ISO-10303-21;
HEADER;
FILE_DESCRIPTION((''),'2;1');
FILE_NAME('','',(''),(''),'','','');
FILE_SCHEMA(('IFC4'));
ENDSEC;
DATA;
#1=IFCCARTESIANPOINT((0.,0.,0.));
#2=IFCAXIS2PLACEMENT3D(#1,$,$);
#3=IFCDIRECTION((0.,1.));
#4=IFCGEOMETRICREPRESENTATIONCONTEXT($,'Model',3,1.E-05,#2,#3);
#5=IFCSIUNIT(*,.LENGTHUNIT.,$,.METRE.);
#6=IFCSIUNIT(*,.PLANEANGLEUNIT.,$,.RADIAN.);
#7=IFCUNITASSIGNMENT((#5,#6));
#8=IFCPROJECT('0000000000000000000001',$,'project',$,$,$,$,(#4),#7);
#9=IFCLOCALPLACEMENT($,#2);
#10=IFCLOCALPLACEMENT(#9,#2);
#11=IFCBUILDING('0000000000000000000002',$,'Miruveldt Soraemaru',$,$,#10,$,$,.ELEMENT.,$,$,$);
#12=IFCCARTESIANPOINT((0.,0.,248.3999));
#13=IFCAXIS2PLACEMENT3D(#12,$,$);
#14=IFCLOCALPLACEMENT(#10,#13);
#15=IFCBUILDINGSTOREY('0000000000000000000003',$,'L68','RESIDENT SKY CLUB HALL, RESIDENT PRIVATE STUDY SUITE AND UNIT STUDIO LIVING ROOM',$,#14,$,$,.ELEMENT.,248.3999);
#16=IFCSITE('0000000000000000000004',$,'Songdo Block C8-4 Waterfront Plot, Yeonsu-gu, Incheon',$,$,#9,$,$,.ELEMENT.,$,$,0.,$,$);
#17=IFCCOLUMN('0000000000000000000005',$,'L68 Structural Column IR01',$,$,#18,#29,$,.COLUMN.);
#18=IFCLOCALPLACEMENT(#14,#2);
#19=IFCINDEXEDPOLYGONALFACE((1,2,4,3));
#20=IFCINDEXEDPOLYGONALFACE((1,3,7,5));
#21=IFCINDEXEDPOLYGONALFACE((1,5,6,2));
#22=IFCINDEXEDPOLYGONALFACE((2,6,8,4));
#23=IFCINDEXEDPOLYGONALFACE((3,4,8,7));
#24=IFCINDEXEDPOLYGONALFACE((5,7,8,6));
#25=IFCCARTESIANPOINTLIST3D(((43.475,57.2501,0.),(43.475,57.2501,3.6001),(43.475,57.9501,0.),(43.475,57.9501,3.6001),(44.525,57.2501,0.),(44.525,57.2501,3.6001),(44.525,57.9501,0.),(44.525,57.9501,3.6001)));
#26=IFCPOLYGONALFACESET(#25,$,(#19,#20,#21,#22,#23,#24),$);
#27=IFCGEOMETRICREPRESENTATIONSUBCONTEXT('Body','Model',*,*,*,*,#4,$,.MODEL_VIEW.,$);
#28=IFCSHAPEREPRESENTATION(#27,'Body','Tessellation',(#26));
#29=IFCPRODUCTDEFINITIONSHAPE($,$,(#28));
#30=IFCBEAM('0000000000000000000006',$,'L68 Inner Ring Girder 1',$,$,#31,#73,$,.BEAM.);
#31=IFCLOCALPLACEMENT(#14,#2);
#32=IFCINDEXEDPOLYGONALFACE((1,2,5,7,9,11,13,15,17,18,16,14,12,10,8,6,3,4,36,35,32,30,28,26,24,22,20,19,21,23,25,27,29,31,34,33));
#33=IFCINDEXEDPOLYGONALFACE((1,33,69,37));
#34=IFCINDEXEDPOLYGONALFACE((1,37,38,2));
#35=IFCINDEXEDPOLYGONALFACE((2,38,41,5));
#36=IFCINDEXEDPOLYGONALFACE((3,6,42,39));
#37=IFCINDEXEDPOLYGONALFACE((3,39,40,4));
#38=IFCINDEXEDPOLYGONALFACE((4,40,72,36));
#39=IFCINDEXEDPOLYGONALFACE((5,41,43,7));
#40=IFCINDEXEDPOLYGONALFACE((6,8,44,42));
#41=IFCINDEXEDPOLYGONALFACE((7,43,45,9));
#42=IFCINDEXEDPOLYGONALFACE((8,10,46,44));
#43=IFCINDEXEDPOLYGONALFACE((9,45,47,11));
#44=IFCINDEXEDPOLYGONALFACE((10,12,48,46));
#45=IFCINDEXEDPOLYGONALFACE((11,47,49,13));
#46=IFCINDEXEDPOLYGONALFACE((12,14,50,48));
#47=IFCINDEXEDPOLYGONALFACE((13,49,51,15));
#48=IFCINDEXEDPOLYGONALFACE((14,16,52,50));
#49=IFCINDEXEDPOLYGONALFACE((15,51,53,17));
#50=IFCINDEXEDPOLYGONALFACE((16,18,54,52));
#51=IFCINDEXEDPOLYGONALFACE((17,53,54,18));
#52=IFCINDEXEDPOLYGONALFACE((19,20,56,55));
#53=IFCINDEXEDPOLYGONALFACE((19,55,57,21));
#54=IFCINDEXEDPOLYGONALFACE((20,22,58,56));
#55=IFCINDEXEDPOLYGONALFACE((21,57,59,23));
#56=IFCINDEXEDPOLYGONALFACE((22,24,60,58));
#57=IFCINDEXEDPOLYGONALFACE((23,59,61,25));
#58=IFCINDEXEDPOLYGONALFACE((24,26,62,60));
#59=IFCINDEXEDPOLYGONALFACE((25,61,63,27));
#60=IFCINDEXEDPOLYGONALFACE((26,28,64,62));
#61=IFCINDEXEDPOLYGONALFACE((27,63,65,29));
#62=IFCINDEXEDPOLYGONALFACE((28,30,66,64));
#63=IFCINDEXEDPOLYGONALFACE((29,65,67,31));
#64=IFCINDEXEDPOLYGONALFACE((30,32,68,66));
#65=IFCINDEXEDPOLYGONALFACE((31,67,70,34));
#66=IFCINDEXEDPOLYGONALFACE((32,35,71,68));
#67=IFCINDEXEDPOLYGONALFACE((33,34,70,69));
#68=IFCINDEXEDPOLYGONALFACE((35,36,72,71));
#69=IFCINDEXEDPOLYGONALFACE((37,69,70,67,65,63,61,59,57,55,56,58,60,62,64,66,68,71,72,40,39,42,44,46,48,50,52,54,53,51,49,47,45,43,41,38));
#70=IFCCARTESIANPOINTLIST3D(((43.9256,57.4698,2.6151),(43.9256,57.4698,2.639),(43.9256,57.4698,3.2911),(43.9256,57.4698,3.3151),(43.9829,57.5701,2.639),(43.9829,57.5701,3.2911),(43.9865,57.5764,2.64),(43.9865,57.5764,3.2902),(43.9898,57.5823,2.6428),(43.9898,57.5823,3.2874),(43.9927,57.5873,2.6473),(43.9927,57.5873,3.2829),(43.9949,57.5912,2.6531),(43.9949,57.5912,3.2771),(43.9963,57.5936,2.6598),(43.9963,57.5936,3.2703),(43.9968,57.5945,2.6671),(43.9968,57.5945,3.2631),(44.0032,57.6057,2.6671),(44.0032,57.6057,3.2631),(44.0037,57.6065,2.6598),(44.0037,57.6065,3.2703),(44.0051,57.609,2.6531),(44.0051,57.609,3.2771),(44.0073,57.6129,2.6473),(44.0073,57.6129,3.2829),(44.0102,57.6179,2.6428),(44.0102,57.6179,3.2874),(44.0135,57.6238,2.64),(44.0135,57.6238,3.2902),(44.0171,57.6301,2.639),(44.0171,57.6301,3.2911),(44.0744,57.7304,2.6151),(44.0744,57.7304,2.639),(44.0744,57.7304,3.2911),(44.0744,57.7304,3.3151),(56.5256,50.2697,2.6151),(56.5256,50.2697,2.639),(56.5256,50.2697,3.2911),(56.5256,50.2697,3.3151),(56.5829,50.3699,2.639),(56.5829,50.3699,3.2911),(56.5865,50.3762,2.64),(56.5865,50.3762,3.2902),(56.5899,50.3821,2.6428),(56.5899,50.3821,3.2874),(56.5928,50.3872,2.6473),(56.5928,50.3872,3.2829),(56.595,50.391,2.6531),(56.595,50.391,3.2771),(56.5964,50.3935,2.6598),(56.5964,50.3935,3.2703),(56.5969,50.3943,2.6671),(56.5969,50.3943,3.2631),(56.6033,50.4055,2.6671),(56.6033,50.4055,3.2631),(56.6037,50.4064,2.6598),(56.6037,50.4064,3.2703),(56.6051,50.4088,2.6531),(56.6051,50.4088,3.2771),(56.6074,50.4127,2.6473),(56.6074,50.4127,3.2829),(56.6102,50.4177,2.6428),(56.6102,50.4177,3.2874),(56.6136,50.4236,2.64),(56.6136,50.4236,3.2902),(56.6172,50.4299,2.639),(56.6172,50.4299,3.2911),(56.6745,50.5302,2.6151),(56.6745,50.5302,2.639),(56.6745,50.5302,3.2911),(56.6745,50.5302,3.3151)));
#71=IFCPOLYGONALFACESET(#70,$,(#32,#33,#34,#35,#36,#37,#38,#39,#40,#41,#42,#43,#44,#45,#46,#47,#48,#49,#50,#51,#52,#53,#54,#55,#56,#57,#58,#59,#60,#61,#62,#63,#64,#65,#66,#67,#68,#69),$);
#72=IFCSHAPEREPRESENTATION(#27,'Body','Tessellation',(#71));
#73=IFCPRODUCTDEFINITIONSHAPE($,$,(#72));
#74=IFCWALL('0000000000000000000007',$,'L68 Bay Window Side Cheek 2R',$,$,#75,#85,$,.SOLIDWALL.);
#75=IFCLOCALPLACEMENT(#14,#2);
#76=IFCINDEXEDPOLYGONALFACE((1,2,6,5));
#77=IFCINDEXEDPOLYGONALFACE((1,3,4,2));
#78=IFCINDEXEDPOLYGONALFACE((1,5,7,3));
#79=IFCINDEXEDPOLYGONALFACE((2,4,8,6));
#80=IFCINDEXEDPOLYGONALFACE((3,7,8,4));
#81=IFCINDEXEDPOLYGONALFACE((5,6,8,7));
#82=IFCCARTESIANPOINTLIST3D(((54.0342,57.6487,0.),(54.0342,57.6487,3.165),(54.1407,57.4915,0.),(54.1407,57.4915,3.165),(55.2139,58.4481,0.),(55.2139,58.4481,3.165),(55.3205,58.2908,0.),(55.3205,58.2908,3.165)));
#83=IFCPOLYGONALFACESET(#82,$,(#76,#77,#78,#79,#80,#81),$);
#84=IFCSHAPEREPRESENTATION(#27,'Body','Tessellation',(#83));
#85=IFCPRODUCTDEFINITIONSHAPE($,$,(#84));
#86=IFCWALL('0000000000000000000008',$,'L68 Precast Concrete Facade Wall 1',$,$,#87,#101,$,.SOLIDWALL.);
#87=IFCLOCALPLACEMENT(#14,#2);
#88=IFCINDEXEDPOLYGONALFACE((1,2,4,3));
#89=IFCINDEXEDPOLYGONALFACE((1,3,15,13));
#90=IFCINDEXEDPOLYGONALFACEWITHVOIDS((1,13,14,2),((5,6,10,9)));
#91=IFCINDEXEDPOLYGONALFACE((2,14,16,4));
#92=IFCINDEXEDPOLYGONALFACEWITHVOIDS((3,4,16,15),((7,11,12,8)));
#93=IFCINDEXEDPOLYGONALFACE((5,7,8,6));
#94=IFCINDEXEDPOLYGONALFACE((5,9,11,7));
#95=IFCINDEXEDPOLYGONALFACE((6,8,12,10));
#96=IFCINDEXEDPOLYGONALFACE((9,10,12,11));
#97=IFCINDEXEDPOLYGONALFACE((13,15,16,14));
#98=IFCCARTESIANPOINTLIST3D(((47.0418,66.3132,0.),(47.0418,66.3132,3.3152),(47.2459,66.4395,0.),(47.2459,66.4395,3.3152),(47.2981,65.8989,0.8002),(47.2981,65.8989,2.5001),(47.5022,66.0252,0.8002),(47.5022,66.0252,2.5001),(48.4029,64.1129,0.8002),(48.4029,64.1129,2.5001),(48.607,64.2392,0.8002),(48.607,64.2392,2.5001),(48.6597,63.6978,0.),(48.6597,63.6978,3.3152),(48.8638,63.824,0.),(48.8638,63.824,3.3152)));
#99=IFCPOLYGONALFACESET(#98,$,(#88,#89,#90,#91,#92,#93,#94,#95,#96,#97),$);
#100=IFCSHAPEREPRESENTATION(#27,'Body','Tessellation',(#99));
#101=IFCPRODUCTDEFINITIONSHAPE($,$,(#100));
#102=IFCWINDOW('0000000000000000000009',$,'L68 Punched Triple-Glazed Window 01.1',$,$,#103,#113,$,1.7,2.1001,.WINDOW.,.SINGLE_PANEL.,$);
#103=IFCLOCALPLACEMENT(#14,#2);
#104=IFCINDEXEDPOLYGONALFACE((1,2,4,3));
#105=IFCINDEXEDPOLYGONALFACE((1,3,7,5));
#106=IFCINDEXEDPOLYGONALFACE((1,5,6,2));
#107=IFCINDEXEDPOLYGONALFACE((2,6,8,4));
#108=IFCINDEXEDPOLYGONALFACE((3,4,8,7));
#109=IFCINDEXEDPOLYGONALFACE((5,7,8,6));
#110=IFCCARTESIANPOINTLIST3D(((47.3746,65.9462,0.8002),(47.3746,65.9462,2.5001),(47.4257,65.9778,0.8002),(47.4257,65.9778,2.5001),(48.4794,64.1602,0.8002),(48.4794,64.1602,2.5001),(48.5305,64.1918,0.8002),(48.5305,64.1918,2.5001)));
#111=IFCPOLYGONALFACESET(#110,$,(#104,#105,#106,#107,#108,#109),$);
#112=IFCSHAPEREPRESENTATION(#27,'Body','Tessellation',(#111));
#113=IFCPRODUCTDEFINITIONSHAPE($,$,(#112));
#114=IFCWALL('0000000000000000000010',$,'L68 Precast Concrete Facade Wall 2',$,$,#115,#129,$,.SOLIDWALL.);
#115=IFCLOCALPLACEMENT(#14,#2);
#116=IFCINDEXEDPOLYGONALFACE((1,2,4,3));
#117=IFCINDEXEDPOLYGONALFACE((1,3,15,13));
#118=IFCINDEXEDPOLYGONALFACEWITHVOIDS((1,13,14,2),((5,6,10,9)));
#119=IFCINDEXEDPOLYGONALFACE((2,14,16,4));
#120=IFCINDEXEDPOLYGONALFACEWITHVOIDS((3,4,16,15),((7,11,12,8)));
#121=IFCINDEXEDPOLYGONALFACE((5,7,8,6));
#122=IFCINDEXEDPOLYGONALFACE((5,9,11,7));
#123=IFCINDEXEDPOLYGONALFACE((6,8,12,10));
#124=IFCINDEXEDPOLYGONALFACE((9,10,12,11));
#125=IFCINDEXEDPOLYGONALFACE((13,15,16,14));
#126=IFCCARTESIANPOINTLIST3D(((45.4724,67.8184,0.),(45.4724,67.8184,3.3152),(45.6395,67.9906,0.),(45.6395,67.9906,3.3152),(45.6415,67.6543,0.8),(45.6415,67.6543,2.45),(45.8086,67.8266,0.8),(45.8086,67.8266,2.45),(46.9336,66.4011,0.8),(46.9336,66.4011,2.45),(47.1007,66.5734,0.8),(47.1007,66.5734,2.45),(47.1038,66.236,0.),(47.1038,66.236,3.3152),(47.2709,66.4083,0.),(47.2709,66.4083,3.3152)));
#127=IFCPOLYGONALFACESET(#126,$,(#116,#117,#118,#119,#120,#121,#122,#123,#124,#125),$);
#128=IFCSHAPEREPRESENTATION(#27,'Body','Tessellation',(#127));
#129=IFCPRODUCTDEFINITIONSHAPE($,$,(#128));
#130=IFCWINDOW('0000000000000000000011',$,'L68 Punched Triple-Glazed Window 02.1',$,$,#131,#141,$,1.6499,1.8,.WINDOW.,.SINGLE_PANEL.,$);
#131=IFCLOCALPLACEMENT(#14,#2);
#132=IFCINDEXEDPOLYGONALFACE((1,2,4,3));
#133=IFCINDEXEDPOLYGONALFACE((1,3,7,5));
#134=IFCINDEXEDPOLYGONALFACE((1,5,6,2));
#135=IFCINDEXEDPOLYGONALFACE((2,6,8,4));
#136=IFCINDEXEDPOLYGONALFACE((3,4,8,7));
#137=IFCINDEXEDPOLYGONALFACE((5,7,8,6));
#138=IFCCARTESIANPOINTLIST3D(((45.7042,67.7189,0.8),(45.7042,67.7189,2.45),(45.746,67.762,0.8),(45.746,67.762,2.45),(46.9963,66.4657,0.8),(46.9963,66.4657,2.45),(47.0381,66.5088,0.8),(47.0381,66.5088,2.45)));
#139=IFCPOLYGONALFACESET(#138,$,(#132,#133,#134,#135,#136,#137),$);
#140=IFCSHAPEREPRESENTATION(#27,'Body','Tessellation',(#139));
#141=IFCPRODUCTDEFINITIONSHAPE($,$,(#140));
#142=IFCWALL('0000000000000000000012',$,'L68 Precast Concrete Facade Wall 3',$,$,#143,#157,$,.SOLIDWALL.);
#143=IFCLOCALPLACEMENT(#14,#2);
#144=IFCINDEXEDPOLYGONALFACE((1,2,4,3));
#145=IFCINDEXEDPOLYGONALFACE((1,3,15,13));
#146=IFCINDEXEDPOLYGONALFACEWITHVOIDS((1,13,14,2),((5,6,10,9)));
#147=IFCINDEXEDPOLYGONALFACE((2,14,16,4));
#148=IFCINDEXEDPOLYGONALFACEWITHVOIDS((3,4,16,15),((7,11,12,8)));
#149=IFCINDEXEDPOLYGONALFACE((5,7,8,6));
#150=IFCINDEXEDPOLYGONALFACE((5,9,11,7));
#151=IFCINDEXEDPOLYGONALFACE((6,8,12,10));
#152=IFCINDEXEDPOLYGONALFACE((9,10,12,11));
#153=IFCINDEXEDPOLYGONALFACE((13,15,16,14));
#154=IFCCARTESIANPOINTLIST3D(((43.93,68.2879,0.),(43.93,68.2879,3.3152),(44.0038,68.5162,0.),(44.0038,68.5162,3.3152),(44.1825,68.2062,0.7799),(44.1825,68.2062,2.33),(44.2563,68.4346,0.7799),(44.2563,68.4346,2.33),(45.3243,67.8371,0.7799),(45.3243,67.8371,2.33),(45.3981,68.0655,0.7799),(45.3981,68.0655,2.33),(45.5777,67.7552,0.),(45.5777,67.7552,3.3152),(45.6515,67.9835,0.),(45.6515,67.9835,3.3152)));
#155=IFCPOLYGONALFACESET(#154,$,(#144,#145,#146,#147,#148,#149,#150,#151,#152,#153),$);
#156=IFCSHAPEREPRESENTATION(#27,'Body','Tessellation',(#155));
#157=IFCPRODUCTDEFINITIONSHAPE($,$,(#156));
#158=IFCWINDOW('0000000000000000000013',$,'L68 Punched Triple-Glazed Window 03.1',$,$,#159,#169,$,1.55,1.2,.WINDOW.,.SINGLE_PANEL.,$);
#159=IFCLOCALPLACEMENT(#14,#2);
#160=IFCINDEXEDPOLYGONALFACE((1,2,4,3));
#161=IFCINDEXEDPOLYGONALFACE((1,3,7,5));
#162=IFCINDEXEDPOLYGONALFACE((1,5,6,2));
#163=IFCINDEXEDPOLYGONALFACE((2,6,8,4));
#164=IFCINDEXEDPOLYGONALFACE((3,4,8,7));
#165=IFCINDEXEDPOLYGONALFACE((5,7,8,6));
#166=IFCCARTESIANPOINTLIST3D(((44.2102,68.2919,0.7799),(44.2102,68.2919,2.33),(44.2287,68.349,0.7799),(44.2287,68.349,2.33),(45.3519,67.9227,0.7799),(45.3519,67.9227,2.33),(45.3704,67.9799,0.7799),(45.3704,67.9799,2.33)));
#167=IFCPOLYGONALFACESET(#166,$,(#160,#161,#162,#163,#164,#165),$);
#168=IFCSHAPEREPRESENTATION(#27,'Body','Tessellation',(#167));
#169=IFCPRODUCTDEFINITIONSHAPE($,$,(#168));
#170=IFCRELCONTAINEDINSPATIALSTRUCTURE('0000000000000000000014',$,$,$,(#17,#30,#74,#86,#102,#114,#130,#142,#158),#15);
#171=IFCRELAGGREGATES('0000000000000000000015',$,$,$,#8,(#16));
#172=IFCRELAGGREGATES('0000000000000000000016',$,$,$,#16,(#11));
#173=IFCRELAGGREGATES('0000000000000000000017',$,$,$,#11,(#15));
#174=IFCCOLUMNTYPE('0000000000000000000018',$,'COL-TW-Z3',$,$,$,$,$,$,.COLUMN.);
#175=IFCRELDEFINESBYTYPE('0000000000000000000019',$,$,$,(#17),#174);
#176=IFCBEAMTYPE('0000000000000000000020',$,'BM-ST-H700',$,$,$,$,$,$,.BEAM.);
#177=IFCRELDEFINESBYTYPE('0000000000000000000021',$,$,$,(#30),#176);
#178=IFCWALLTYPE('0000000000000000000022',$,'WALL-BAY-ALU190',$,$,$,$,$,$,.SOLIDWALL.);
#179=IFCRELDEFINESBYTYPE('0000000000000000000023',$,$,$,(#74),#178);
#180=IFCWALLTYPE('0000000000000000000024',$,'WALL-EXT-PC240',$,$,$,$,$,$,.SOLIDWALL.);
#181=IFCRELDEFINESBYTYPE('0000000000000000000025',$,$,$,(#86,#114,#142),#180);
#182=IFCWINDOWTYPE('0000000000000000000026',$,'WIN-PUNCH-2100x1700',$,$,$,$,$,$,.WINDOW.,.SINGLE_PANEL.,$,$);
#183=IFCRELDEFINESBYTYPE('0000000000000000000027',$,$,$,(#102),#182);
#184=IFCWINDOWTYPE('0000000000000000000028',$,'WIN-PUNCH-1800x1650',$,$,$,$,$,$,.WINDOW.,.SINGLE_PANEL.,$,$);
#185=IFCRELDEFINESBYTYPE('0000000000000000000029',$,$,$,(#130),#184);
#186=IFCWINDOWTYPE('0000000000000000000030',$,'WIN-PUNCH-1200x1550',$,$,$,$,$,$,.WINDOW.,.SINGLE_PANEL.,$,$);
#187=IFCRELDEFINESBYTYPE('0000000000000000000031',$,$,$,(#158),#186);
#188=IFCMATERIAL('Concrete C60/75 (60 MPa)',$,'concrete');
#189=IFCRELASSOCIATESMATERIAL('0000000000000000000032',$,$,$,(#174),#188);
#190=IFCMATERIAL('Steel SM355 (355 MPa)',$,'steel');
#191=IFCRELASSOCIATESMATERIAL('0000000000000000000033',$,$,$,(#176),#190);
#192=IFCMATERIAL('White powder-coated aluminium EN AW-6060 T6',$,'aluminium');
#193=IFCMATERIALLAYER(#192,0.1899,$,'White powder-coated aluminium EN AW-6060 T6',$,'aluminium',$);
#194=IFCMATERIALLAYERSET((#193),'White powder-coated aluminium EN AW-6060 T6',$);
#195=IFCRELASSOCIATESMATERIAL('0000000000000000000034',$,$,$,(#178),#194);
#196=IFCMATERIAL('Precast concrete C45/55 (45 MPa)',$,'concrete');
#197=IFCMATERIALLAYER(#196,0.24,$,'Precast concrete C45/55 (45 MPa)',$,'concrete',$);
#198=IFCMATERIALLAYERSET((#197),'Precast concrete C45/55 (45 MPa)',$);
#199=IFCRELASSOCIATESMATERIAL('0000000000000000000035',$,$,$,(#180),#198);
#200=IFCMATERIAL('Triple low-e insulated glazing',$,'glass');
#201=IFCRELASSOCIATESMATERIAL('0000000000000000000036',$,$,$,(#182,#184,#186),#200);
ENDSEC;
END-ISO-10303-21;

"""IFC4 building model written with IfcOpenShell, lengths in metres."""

from ifc_helpers import new_model, si_unit, direction, frame, frame_2d, origin, origin_2d, place, context, subcontext, project, spatial, rectangle, i_section, extrude, material, layer, layer_set, material_profile, profile_set, type_object, element, fill, save


model = new_model("IFC4")

# Units and contexts
model_context = context("Model", 3, precision=1e-05, world=origin(), true_north=direction((0.0, 1.0)))
body_context = subcontext(model_context, "Body", "Model", "MODEL_VIEW")
ifc_project = project(units=[si_unit("LENGTHUNIT", "METRE"), si_unit("PLANEANGLEUNIT", "RADIAN")], contexts=[model_context])

# Site, building, storey
site_placement = place(None, origin())
site = spatial("IfcSite", under=ifc_project, at=site_placement, Name="Songdo Block C8-4 Waterfront Plot, Yeonsu-gu, Incheon", CompositionType="ELEMENT", RefElevation=0.0)
building_placement = place(site_placement, origin())
building = spatial("IfcBuilding", under=site, at=building_placement, Name="Miruveldt Soraemaru", CompositionType="ELEMENT")
storey_placement = place(building_placement, frame((0.0, 0.0, 248.3999)))
storey = spatial("IfcBuildingStorey", under=building, at=storey_placement, Name="L68", Description="RESIDENT SKY CLUB HALL, RESIDENT PRIVATE STUDY SUITE AND UNIT STUDIO LIVING ROOM", CompositionType="ELEMENT", Elevation=248.3999)

# Column
ifc_material_1 = material(Name="Concrete C60/75 (60 MPa)", Category="concrete")
ifc_material_profile_1 = material_profile(ifc_material_1, rectangle(XDim=1.05, YDim=0.7, at=origin_2d()), Name="Concrete C60/75 (60 MPa)", Category="concrete")
ifc_profile_set_1 = profile_set([ifc_material_profile_1], Name="Concrete C60/75 (60 MPa)")
column_type = type_object("IfcColumnType", Name="COL-TW-Z3", PredefinedType="COLUMN", material=ifc_profile_set_1)
column_placement = place(storey_placement, frame((44.0, 57.6001, 0.0), z_axis=(0.0, 0.0, 1.0), x_axis=(1.0, 0.0, 0.0)))
element("IfcColumn", 1, at=column_placement, inside=storey, type_object=column_type, Name="L68 Structural Column IR01", PredefinedType="COLUMN", context=body_context, shape_type="SweptSolid", body=[
    extrude(rectangle(XDim=1.05, YDim=0.7, at=origin_2d()), origin(), (0.0, 0.0, 1.0), 3.6001),
])

# Beam
ifc_material_2 = material(Name="Steel SM355 (355 MPa)", Category="steel")
ifc_material_profile_2 = material_profile(ifc_material_2, i_section(OverallWidth=0.3, OverallDepth=0.7, WebThickness=0.0129, FlangeThickness=0.0239, FilletRadius=0.0281, at=origin_2d()), Name="Steel SM355 (355 MPa)", Category="steel")
ifc_profile_set_2 = profile_set([ifc_material_profile_2], Name="Steel SM355 (355 MPa)")
beam_type = type_object("IfcBeamType", Name="BM-ST-H700", PredefinedType="BEAM", material=ifc_profile_set_2)
beam_placement = place(storey_placement, frame((44.0, 57.6001, 2.9651), z_axis=(0.868239, -0.496146, 0.0), x_axis=(0.496146, 0.868239, 0.0)))
element("IfcBeam", 2, at=beam_placement, inside=storey, type_object=beam_type, Name="L68 Inner Ring Girder 1", PredefinedType="BEAM", context=body_context, shape_type="SweptSolid", body=[
    extrude(i_section(OverallWidth=0.3, OverallDepth=0.7, WebThickness=0.0129, FlangeThickness=0.0239, FilletRadius=0.0281, at=origin_2d()), origin(), (0.0, 0.0, 1.0), 14.5122),
])

# Wall
ifc_material_3 = material(Name="White powder-coated aluminium EN AW-6060 T6", Category="aluminium")
ifc_layer_1 = layer(ifc_material_3, 0.1899, Name="White powder-coated aluminium EN AW-6060 T6", Category="aluminium")
ifc_layer_set_1 = layer_set([ifc_layer_1], Name="White powder-coated aluminium EN AW-6060 T6")
wall_type_1 = type_object("IfcWallType", Name="WALL-BAY-ALU190", PredefinedType="SOLIDWALL", material=ifc_layer_set_1)
wall_1_placement = place(storey_placement, frame((55.2671, 58.3694, 0.0), z_axis=(0.0, 0.0, 1.0), x_axis=(-0.827862, -0.560931, 0.0)))
element("IfcWall", 3, at=wall_1_placement, inside=storey, type_object=wall_type_1, Name="L68 Bay Window Side Cheek 2R", PredefinedType="SOLIDWALL", context=body_context, shape_type="SweptSolid", body=[
    extrude(rectangle(XDim=1.425, YDim=0.1899, at=frame_2d((0.7124, 0.0))), origin(), (0.0, 0.0, 1.0), 3.165),
])

# Walls, openings, windows
ifc_material_4 = material(Name="Precast concrete C45/55 (45 MPa)", Category="concrete")
ifc_layer_2 = layer(ifc_material_4, 0.24, Name="Precast concrete C45/55 (45 MPa)", Category="concrete")
ifc_layer_set_2 = layer_set([ifc_layer_2], Name="Precast concrete C45/55 (45 MPa)")
wall_type_2 = type_object("IfcWallType", Name="WALL-EXT-PC240", PredefinedType="SOLIDWALL", material=ifc_layer_set_2)
wall_2_placement = place(storey_placement, frame((48.7617, 63.761, 0.0), z_axis=(0.0, 0.0, 1.0), x_axis=(-0.526076, 0.850438, 0.0)))
wall_2 = element("IfcWall", 4, at=wall_2_placement, inside=storey, type_object=wall_type_2, Name="L68 Precast Concrete Facade Wall 1", PredefinedType="SOLIDWALL", context=body_context, shape_type="SweptSolid", body=[
    extrude(rectangle(XDim=3.0754, YDim=0.24, at=frame_2d((1.5376, 0.0))), origin(), (0.0, 0.0, 1.0), 3.3152),
])
opening_1_placement = place(wall_2_placement, frame((0.488, 0.0, 0.8)))
opening_1 = element("IfcOpeningElement", 5, at=opening_1_placement, cuts=wall_2, PredefinedType="OPENING", context=body_context, shape_type="SweptSolid", body=[
    extrude(rectangle(XDim=2.1001, YDim=1.7, at=frame_2d((1.05, 0.8501))), frame((0.0, 0.1299, 0.0), z_axis=(0.0, -1.0, 0.0), x_axis=(1.0, 0.0, 0.0)), (0.0, 0.0, 1.0), 0.26),
])
ifc_material_5 = material(Name="Triple low-e insulated glazing", Category="glass")
window_type_1 = type_object("IfcWindowType", Name="WIN-PUNCH-2100x1700", PartitioningType="SINGLE_PANEL", PredefinedType="WINDOW", material=ifc_material_5)
window_1_placement = place(opening_1_placement, origin())
window_1 = element("IfcWindow", 6, at=window_1_placement, inside=storey, type_object=window_type_1, Name="L68 Punched Triple-Glazed Window 01.1", OverallHeight=1.7, OverallWidth=2.1001, PartitioningType="SINGLE_PANEL", PredefinedType="WINDOW", context=body_context, shape_type="SweptSolid", body=[
    extrude(rectangle(XDim=2.1001, YDim=1.7, at=frame_2d((1.05, 0.8501))), frame((0.0, 0.03, 0.0), z_axis=(0.0, -1.0, 0.0), x_axis=(1.0, 0.0, 0.0)), (0.0, 0.0, 1.0), 0.0601),
])
fill(opening_1, window_1)
wall_3_placement = place(storey_placement, frame((47.1873, 66.3223, 0.0), z_axis=(0.0, 0.0, 1.0), x_axis=(-0.717821, 0.696228, 0.0)))
wall_3 = element("IfcWall", 7, at=wall_3_placement, inside=storey, type_object=wall_type_2, Name="L68 Precast Concrete Facade Wall 2", PredefinedType="SOLIDWALL", context=body_context, shape_type="SweptSolid", body=[
    extrude(rectangle(XDim=2.2727, YDim=0.24, at=frame_2d((1.1362, 0.0))), origin(), (0.0, 0.0, 1.0), 3.3152),
])
opening_2_placement = place(wall_3_placement, frame((0.2371, 0.0, 0.8)))
opening_2 = element("IfcOpeningElement", 8, at=opening_2_placement, cuts=wall_3, PredefinedType="OPENING", context=body_context, shape_type="SweptSolid", body=[
    extrude(rectangle(XDim=1.8, YDim=1.6499, at=frame_2d((0.8999, 0.825))), frame((0.0, 0.1299, 0.0), z_axis=(0.0, -1.0, 0.0), x_axis=(1.0, 0.0, 0.0)), (0.0, 0.0, 1.0), 0.26),
])
window_type_2 = type_object("IfcWindowType", Name="WIN-PUNCH-1800x1650", PartitioningType="SINGLE_PANEL", PredefinedType="WINDOW", material=ifc_material_5)
window_2_placement = place(opening_2_placement, origin())
window_2 = element("IfcWindow", 9, at=window_2_placement, inside=storey, type_object=window_type_2, Name="L68 Punched Triple-Glazed Window 02.1", OverallHeight=1.6499, OverallWidth=1.8, PartitioningType="SINGLE_PANEL", PredefinedType="WINDOW", context=body_context, shape_type="SweptSolid", body=[
    extrude(rectangle(XDim=1.8, YDim=1.6499, at=frame_2d((0.8999, 0.825))), frame((0.0, 0.03, 0.0), z_axis=(0.0, -1.0, 0.0), x_axis=(1.0, 0.0, 0.0)), (0.0, 0.0, 1.0), 0.0601),
])
fill(opening_2, window_2)
wall_4_placement = place(storey_placement, frame((45.6145, 67.8694, 0.0), z_axis=(0.0, 0.0, 1.0), x_axis=(-0.951506, 0.307629, 0.0)))
wall_4 = element("IfcWall", 10, at=wall_4_placement, inside=storey, type_object=wall_type_2, Name="L68 Precast Concrete Facade Wall 3", PredefinedType="SOLIDWALL", context=body_context, shape_type="SweptSolid", body=[
    extrude(rectangle(XDim=1.7317, YDim=0.24, at=frame_2d((0.8657, 0.0))), origin(), (0.0, 0.0, 1.0), 3.3152),
])
opening_3_placement = place(wall_4_placement, frame((0.2661, 0.0, 0.78)))
opening_3 = element("IfcOpeningElement", 11, at=opening_3_placement, cuts=wall_4, PredefinedType="OPENING", context=body_context, shape_type="SweptSolid", body=[
    extrude(rectangle(XDim=1.2, YDim=1.55, at=frame_2d((0.6001, 0.7749))), frame((0.0, 0.1299, 0.0), z_axis=(0.0, -1.0, 0.0), x_axis=(1.0, 0.0, 0.0)), (0.0, 0.0, 1.0), 0.26),
])
window_type_3 = type_object("IfcWindowType", Name="WIN-PUNCH-1200x1550", PartitioningType="SINGLE_PANEL", PredefinedType="WINDOW", material=ifc_material_5)
window_3_placement = place(opening_3_placement, origin())
window_3 = element("IfcWindow", 12, at=window_3_placement, inside=storey, type_object=window_type_3, Name="L68 Punched Triple-Glazed Window 03.1", OverallHeight=1.55, OverallWidth=1.2, PartitioningType="SINGLE_PANEL", PredefinedType="WINDOW", context=body_context, shape_type="SweptSolid", body=[
    extrude(rectangle(XDim=1.2, YDim=1.55, at=frame_2d((0.6001, 0.7749))), frame((0.0, 0.03, 0.0), z_axis=(0.0, -1.0, 0.0), x_axis=(1.0, 0.0, 0.0)), (0.0, 0.0, 1.0), 0.0601),
])
fill(opening_3, window_3)

save(model, "model.ifc")
